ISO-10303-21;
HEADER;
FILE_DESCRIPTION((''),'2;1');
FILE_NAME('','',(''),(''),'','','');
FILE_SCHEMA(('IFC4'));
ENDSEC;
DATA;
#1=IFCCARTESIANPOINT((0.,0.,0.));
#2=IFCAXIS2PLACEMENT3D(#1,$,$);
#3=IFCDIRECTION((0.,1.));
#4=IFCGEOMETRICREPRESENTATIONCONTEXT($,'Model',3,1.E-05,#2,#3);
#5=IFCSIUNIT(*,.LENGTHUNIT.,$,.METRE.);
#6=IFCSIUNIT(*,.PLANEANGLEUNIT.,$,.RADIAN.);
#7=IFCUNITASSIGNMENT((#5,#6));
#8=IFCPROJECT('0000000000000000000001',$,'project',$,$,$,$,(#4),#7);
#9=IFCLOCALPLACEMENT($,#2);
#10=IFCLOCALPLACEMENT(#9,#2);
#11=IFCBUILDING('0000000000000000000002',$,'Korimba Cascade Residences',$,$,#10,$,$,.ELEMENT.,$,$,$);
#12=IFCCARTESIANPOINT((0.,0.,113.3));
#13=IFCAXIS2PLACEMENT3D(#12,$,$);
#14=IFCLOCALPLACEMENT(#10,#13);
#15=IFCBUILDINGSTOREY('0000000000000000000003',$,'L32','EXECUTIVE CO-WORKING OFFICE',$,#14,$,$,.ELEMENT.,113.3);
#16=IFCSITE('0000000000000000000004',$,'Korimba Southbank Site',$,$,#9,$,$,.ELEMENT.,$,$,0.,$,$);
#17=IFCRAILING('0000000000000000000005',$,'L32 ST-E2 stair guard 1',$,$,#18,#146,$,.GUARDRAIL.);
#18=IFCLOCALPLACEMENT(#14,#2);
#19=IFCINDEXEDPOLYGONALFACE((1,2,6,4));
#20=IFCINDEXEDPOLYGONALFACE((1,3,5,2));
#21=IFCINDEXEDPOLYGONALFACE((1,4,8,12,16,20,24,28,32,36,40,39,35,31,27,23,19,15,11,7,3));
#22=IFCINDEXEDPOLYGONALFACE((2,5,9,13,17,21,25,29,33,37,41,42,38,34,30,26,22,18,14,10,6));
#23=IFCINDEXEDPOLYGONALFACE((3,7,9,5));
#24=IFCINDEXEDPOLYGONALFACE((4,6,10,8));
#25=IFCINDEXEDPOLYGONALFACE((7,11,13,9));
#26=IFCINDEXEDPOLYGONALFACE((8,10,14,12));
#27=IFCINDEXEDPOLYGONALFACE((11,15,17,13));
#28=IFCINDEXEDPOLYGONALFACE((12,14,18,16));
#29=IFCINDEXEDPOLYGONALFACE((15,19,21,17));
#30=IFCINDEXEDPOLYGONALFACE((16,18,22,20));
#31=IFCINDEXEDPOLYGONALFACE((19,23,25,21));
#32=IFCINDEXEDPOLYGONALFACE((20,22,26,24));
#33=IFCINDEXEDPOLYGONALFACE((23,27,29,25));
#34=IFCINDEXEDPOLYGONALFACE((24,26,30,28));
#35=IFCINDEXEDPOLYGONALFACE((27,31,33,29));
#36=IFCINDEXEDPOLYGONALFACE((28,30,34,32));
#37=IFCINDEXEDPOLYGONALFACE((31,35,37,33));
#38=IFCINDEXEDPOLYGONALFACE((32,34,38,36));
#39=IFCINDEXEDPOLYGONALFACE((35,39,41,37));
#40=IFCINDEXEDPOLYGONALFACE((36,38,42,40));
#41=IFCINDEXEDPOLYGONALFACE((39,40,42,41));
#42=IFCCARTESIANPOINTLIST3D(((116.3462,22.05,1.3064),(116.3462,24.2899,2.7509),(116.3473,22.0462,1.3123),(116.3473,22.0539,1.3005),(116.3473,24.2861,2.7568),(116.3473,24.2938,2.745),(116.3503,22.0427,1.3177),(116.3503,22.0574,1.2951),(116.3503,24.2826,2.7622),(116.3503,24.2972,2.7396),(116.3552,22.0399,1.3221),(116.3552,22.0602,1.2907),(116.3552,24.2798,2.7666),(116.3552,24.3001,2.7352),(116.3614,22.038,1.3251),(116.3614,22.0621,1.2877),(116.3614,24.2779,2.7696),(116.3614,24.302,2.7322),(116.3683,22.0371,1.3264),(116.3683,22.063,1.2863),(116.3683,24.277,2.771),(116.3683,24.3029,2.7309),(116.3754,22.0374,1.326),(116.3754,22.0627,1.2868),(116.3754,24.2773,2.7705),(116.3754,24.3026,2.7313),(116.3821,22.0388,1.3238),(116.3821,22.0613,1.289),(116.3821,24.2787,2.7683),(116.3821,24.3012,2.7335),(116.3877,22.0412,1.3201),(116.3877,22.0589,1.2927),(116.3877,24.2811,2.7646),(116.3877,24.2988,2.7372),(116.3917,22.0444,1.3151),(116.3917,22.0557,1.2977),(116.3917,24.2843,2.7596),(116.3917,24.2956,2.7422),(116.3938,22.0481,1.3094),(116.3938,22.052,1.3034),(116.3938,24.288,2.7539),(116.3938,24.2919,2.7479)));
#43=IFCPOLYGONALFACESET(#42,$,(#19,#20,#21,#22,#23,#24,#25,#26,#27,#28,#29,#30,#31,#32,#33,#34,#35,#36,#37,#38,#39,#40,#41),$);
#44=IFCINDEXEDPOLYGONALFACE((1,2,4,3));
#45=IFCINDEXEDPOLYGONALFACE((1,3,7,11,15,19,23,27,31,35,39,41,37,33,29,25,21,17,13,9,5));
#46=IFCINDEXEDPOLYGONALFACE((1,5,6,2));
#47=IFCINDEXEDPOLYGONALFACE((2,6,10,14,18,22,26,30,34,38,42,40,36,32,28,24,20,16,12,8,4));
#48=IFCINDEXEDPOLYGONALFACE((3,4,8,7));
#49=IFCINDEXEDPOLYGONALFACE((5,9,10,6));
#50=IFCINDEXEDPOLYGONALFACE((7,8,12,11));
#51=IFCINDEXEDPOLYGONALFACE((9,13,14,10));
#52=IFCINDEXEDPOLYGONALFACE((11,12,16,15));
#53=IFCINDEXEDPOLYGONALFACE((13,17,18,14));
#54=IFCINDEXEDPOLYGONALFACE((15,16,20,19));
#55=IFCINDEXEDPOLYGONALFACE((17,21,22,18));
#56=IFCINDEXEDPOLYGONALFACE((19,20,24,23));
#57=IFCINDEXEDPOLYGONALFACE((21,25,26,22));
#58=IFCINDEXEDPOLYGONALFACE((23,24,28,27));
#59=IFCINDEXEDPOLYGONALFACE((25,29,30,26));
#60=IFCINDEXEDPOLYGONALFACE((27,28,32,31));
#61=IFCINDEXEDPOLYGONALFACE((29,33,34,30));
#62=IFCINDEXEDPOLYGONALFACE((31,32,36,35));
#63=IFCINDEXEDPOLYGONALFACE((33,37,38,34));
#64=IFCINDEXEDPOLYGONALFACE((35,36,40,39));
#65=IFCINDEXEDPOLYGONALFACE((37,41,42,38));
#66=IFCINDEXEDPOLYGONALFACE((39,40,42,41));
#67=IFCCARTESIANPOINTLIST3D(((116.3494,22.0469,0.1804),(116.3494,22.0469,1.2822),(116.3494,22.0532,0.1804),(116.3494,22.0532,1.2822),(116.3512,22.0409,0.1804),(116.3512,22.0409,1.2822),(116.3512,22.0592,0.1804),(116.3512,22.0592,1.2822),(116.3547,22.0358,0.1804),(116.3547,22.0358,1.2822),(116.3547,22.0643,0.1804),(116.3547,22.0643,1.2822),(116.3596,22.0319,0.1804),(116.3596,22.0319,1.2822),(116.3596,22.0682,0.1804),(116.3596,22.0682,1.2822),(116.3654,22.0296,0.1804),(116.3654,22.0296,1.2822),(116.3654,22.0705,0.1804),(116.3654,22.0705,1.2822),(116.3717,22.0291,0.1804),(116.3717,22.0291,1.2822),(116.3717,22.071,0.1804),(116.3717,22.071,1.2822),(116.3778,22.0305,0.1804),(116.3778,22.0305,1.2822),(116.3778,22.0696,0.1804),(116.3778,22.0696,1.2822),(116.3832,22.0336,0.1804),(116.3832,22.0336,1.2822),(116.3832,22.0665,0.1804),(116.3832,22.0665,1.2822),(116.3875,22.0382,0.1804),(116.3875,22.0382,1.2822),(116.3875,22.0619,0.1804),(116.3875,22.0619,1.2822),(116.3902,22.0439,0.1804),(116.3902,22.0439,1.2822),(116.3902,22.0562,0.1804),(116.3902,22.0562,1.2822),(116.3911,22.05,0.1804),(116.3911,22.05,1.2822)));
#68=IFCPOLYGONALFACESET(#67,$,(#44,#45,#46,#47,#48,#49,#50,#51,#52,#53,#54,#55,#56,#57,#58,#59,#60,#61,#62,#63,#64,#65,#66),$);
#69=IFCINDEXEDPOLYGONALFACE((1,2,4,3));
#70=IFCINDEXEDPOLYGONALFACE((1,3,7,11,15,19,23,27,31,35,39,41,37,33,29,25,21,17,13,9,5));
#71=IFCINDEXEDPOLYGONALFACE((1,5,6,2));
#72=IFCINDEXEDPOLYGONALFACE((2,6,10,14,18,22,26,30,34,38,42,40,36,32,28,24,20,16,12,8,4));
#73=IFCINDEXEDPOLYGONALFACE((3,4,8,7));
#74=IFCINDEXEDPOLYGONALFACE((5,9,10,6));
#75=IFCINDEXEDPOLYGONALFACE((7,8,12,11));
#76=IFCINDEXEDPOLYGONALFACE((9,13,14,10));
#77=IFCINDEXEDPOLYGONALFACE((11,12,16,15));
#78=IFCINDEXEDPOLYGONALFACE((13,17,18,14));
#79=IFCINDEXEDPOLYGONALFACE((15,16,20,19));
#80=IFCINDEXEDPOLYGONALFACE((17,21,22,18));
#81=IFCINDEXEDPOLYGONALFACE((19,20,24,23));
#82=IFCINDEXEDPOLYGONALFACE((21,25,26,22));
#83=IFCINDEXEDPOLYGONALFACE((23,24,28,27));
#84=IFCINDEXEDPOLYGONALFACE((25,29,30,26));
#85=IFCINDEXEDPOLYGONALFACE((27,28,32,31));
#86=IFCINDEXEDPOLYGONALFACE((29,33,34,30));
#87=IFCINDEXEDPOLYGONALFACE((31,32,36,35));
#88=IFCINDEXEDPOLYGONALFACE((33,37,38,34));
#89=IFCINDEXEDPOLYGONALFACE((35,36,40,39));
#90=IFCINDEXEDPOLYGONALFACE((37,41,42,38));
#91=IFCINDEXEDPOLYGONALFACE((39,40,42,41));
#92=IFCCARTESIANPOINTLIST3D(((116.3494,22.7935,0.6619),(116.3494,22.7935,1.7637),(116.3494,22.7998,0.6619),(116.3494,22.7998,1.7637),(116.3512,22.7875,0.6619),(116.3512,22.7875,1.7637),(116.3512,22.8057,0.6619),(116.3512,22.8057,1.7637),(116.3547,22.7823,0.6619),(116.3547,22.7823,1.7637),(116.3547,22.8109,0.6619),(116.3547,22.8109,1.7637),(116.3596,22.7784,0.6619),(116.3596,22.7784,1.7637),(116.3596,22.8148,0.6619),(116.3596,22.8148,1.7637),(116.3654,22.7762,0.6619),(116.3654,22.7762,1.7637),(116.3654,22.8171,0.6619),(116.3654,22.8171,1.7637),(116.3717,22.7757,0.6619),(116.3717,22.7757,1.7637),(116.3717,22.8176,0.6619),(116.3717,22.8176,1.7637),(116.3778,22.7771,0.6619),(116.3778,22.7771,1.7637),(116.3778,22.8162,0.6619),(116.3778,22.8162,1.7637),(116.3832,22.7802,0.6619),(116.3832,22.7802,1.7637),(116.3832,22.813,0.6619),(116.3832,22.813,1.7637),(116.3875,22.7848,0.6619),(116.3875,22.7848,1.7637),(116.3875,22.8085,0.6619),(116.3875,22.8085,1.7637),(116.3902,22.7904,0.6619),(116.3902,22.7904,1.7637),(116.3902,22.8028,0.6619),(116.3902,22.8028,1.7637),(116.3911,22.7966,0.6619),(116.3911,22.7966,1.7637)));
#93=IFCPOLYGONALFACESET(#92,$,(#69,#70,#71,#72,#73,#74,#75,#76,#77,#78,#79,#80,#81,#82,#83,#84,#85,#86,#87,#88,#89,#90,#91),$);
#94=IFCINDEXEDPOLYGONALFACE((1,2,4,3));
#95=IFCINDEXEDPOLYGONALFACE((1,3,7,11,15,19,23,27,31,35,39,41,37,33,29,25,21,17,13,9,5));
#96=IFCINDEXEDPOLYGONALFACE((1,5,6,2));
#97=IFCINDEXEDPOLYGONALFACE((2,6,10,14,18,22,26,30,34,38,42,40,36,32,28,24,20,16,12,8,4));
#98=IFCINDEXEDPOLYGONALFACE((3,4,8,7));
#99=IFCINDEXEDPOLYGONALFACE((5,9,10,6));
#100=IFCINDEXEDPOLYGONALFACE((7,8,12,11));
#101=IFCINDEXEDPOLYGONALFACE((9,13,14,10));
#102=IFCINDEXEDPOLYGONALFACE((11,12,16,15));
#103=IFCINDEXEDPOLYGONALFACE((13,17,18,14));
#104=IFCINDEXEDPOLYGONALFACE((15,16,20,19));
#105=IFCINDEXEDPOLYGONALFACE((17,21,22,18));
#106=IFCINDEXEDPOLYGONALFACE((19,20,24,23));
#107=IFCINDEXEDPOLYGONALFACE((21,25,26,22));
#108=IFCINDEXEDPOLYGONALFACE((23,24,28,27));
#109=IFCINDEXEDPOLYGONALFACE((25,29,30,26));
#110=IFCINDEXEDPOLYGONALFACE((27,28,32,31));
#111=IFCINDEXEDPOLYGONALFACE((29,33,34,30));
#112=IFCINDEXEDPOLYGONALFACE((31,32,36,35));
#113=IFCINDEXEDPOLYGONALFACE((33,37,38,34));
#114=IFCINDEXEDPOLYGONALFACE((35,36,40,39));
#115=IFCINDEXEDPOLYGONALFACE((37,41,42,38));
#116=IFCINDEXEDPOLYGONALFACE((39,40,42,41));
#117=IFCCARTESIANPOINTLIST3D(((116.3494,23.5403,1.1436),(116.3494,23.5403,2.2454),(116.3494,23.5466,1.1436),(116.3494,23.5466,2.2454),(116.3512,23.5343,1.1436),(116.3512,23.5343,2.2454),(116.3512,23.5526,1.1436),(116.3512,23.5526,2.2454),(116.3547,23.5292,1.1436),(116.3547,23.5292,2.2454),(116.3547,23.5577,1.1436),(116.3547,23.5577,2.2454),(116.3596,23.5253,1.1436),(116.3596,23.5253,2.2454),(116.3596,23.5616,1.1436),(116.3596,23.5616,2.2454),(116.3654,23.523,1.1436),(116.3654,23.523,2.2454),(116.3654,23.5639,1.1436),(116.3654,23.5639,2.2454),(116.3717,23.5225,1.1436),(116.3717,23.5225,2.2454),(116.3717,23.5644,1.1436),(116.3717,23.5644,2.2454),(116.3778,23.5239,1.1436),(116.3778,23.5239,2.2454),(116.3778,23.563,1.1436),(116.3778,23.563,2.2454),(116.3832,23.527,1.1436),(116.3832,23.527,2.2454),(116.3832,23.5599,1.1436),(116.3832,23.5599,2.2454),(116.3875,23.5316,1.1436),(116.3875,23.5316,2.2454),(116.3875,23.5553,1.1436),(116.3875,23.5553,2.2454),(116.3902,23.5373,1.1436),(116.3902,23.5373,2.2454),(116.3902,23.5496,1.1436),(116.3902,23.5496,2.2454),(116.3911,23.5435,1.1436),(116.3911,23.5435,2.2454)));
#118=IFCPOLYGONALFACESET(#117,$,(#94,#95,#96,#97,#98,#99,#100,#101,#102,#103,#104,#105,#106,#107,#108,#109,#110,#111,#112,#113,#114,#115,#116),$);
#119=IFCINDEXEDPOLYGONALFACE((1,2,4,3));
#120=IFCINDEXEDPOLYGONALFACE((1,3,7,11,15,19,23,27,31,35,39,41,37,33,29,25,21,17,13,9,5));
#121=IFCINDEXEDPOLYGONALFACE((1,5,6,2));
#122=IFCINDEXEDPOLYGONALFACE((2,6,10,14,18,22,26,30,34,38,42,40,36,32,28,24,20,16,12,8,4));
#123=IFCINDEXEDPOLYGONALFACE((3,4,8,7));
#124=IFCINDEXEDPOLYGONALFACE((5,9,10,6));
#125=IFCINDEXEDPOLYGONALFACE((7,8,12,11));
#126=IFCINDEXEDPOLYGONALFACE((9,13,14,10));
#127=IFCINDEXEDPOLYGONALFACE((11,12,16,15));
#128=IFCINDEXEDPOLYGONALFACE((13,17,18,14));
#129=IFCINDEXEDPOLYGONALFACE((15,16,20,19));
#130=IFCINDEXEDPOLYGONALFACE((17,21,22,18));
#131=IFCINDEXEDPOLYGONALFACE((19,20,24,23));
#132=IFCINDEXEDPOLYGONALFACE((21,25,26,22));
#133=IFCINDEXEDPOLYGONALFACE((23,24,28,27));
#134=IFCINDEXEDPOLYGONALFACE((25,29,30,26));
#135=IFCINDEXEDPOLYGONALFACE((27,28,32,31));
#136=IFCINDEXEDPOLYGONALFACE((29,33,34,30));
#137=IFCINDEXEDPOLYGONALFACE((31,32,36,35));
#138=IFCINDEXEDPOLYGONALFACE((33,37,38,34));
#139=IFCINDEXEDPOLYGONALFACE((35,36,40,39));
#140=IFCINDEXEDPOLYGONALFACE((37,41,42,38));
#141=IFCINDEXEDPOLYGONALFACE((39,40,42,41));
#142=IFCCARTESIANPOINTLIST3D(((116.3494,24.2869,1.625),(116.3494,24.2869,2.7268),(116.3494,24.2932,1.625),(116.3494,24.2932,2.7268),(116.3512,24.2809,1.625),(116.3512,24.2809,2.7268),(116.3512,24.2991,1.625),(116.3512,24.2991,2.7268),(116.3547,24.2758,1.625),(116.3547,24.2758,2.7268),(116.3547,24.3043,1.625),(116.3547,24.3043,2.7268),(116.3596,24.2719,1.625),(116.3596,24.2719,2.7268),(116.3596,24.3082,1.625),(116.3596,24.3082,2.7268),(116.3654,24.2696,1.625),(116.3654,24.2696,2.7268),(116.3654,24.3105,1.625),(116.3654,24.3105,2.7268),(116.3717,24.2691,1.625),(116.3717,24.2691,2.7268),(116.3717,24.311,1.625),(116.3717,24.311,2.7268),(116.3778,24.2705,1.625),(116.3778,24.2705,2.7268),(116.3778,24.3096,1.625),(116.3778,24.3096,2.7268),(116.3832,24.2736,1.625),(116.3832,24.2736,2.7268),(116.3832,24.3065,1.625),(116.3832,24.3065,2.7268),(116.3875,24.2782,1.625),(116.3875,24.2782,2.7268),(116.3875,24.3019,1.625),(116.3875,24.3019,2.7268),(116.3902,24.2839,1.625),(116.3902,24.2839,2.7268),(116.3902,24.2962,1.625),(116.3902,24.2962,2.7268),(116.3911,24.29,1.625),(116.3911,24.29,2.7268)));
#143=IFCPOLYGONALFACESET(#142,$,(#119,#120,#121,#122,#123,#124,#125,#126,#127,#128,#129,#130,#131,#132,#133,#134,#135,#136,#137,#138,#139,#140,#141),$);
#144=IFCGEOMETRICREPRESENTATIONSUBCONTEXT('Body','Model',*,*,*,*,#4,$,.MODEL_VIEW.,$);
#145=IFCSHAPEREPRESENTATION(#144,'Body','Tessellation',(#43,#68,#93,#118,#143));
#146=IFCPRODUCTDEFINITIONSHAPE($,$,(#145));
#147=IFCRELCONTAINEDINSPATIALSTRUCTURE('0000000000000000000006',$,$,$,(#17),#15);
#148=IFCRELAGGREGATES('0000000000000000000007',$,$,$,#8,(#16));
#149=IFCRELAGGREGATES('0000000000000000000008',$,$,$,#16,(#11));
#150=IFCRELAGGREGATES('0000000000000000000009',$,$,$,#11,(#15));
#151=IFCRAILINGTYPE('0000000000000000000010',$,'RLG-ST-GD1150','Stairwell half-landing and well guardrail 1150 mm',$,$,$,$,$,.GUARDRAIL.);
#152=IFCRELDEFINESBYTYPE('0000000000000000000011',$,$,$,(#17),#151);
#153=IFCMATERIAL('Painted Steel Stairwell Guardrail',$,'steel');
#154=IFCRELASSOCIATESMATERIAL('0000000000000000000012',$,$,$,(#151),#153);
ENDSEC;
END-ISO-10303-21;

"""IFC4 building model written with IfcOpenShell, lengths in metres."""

from ifc_helpers import new_model, si_unit, direction, frame, origin, origin_2d, place, context, subcontext, project, spatial, circle, extrude, material, type_object, element, save


model = new_model("IFC4")

# Units and contexts
model_context = context("Model", 3, precision=1e-05, world=origin(), true_north=direction((0.0, 1.0)))
body_context = subcontext(model_context, "Body", "Model", "MODEL_VIEW")
ifc_project = project(units=[si_unit("LENGTHUNIT", "METRE"), si_unit("PLANEANGLEUNIT", "RADIAN")], contexts=[model_context])

# Site, building, storey
site_placement = place(None, origin())
site = spatial("IfcSite", under=ifc_project, at=site_placement, Name="Korimba Southbank Site", CompositionType="ELEMENT", RefElevation=0.0)
building_placement = place(site_placement, origin())
building = spatial("IfcBuilding", under=site, at=building_placement, Name="Korimba Cascade Residences", CompositionType="ELEMENT")
storey_placement = place(building_placement, frame((0.0, 0.0, 113.3)))
storey = spatial("IfcBuildingStorey", under=building, at=storey_placement, Name="L32", Description="EXECUTIVE CO-WORKING OFFICE", CompositionType="ELEMENT", Elevation=113.3)

# Railing
ifc_material_1 = material(Name="Painted Steel Stairwell Guardrail", Category="steel")
railing_type_1 = type_object("IfcRailingType", Name="RLG-ST-GD1150", Description="Stairwell half-landing and well guardrail 1150 mm", PredefinedType="GUARDRAIL", material=ifc_material_1)
railing_1_placement = place(storey_placement, frame((116.3701, 22.05, 0.1804)))
element("IfcRailing", 1, at=railing_1_placement, inside=storey, type_object=railing_type_1, Name="L32 ST-E2 stair guard 1", PredefinedType="GUARDRAIL", context=body_context, shape_type="SweptSolid", body=[
    extrude(circle(Radius=0.0239, at=origin_2d()), frame((0.0, 0.0, 1.126), z_axis=(0.0, 0.840395, 0.541975), x_axis=(-1.0, 0.0, 0.0)), (0.0, 0.0, 1.0), 2.6653),
    extrude(circle(Radius=0.021, at=origin_2d()), origin(), (0.0, 0.0, 1.0), 1.1018),
    extrude(circle(Radius=0.021, at=origin_2d()), frame((0.0, 0.7466, 0.4814)), (0.0, 0.0, 1.0), 1.1018),
    extrude(circle(Radius=0.021, at=origin_2d()), frame((0.0, 1.4934, 0.9631)), (0.0, 0.0, 1.0), 1.1018),
    extrude(circle(Radius=0.021, at=origin_2d()), frame((0.0, 2.24, 1.4446)), (0.0, 0.0, 1.0), 1.1018),
])

save(model, "model.ifc")
